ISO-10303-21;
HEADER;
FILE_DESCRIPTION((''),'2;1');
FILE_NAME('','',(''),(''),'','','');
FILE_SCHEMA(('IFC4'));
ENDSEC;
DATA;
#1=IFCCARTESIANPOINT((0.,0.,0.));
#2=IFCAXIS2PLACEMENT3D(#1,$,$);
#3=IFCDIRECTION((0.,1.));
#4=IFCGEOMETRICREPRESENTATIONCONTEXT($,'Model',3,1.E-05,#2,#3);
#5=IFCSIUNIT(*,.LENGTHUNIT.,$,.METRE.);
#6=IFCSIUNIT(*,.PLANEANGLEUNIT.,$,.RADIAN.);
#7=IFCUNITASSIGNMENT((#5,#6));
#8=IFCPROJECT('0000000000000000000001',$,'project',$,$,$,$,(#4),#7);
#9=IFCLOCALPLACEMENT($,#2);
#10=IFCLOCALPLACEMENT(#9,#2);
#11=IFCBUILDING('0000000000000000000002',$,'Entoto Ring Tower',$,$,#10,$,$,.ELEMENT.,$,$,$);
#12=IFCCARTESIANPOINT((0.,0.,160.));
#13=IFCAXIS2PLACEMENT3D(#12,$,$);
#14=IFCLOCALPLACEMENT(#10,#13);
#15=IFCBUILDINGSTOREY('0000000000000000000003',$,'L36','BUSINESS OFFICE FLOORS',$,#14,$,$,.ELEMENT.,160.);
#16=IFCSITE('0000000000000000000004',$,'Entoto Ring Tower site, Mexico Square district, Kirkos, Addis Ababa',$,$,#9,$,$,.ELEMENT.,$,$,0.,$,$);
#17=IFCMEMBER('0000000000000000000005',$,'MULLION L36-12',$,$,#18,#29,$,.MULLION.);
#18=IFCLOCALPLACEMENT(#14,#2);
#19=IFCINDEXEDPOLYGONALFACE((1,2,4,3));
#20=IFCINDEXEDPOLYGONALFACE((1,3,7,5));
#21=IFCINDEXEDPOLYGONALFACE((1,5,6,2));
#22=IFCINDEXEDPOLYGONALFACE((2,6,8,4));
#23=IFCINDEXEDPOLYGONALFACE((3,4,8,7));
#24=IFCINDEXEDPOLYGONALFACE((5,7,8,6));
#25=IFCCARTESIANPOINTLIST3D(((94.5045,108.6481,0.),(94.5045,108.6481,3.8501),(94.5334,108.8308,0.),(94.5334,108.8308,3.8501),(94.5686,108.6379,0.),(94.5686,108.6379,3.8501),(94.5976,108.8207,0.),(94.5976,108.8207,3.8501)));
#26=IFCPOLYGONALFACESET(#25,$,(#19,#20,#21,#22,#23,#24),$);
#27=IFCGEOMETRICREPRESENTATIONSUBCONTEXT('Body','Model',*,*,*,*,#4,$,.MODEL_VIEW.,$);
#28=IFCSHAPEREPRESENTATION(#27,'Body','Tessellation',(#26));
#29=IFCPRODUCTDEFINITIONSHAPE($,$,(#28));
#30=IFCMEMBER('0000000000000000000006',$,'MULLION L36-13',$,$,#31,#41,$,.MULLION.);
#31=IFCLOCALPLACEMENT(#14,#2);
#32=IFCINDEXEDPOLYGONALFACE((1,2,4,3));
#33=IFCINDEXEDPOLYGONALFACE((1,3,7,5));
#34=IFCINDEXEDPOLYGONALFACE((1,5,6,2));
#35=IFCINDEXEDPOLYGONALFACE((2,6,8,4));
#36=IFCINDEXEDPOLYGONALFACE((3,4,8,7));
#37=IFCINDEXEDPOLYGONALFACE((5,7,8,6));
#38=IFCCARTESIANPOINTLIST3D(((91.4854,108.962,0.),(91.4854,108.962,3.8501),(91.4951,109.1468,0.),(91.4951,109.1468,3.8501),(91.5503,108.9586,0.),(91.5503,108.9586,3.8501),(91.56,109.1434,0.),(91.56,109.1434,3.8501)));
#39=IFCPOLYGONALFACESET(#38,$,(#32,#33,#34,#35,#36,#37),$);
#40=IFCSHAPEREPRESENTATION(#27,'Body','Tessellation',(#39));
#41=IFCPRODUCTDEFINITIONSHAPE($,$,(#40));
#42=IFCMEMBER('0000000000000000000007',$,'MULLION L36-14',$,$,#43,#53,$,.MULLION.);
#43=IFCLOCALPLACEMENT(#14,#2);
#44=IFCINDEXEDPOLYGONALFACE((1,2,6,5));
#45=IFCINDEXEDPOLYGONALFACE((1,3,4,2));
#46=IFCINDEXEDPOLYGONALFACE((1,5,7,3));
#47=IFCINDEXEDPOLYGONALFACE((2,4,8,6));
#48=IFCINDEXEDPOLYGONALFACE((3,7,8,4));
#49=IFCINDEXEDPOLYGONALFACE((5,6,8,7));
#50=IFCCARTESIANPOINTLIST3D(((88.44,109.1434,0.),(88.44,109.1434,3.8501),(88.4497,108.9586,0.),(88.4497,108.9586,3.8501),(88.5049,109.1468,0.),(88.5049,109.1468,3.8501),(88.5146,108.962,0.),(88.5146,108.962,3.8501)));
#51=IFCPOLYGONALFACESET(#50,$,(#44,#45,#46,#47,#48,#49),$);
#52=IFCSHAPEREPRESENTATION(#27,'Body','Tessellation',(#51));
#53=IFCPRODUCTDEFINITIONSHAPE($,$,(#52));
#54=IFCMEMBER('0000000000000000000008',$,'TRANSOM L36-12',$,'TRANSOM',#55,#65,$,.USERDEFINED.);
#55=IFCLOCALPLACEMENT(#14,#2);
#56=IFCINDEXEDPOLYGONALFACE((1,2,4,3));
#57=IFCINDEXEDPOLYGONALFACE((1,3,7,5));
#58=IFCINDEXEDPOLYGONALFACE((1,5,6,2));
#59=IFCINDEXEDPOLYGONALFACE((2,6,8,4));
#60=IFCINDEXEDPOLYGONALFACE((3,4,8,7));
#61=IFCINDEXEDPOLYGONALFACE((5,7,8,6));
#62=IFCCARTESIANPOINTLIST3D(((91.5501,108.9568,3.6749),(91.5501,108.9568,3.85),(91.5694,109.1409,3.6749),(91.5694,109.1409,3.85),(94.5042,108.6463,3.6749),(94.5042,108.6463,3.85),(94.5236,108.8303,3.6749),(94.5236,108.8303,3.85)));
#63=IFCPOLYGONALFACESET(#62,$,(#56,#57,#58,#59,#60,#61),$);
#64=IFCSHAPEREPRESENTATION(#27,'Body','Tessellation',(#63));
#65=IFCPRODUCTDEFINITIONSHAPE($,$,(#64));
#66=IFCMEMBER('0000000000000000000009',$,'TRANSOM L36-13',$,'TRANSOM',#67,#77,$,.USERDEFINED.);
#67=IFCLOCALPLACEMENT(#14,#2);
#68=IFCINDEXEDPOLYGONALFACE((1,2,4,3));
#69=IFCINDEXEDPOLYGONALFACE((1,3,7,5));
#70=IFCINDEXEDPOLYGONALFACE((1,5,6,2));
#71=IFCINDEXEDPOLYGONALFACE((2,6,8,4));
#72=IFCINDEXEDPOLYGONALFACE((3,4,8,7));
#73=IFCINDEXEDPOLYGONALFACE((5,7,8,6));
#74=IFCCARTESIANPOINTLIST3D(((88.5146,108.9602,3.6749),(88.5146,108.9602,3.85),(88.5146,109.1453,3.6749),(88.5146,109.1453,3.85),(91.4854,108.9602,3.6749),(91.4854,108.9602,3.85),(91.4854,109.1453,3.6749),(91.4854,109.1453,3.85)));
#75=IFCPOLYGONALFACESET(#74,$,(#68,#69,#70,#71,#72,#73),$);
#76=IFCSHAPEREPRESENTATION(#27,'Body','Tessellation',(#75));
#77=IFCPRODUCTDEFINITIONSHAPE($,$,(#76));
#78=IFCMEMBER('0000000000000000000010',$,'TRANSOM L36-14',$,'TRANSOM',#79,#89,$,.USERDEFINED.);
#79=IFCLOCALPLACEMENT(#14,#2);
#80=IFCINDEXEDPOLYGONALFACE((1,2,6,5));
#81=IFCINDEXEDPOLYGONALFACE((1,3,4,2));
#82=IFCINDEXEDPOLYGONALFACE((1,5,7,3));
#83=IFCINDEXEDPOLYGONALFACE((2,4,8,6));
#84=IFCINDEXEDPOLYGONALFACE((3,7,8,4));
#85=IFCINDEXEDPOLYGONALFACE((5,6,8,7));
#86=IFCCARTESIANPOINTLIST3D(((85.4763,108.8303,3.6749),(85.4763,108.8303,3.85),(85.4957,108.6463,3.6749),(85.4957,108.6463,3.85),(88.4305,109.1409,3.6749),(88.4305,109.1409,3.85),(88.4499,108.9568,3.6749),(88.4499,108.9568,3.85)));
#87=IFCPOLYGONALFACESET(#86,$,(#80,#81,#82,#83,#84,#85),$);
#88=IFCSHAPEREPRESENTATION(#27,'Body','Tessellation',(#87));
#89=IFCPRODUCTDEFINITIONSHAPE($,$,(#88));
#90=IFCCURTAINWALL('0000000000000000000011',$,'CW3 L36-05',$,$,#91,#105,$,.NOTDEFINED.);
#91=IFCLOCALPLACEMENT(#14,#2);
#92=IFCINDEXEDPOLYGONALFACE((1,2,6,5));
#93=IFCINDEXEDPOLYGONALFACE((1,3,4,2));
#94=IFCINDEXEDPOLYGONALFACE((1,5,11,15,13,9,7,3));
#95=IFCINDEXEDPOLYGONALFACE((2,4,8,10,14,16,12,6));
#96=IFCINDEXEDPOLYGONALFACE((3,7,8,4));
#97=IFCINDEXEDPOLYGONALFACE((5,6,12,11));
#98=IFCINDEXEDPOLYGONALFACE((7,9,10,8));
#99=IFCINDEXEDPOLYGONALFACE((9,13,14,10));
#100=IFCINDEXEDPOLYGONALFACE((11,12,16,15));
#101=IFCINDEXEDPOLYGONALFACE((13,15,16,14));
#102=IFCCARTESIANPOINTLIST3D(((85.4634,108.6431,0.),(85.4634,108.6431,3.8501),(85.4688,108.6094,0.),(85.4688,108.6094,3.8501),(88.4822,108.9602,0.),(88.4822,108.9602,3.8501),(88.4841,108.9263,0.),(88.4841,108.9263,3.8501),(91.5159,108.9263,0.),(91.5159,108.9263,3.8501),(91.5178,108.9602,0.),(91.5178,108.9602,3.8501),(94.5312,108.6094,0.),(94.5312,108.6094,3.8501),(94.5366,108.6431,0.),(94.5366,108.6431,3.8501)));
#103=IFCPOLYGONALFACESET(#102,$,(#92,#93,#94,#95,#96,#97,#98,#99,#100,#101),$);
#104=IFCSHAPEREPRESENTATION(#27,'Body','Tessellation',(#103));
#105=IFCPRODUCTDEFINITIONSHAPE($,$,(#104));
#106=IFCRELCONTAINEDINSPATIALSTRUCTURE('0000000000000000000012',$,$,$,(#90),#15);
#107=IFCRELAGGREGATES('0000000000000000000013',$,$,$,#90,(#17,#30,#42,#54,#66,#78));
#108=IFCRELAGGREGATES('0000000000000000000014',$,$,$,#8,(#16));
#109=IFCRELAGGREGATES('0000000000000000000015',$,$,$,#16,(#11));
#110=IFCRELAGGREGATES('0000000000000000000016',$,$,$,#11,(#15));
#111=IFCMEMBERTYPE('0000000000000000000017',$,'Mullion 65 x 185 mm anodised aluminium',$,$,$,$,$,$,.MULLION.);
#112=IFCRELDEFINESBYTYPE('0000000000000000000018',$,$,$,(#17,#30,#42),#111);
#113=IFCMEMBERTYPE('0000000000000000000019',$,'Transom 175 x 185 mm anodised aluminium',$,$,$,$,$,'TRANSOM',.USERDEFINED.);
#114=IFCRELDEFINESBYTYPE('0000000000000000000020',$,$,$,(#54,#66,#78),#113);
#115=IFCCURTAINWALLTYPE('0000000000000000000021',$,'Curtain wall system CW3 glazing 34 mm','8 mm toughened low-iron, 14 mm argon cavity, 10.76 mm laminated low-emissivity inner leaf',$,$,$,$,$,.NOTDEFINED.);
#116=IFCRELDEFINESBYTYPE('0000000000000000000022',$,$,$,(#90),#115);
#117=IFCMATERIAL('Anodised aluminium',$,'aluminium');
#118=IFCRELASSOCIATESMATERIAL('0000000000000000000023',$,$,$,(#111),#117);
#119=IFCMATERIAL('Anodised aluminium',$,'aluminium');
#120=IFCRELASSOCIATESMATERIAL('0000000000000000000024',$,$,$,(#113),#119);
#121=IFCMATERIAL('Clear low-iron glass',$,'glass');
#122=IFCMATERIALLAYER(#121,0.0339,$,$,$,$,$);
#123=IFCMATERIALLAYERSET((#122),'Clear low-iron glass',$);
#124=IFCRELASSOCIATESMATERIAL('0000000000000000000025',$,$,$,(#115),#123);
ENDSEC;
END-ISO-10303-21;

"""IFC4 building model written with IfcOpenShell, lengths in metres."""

from ifc_helpers import new_model, si_unit, direction, frame, origin, origin_2d, place, context, subcontext, project, spatial, polyline, rectangle, outline, extrude, material, layer, layer_set, material_profile, profile_set, type_object, element, aggregate, save


model = new_model("IFC4")

# Units and contexts
model_context = context("Model", 3, precision=1e-05, world=origin(), true_north=direction((0.0, 1.0)))
body_context = subcontext(model_context, "Body", "Model", "MODEL_VIEW")
ifc_project = project(units=[si_unit("LENGTHUNIT", "METRE"), si_unit("PLANEANGLEUNIT", "RADIAN")], contexts=[model_context])

# Members
ifc_material_1 = material(Name="Anodised aluminium", Category="aluminium")
ifc_material_profile_1 = material_profile(ifc_material_1, rectangle(XDim=0.0649, YDim=0.1851, at=origin_2d()), Name="Mullion 65 x 185 mm anodised aluminium")
ifc_profile_set_1 = profile_set([ifc_material_profile_1], Name="Anodised aluminium")
member_type_1 = type_object("IfcMemberType", Name="Mullion 65 x 185 mm anodised aluminium", PredefinedType="MULLION", material=ifc_profile_set_1)
site_placement = place(None, origin())
building_placement = place(site_placement, origin())
storey_placement = place(building_placement, frame((0.0, 0.0, 160.0)))
member_1_placement = place(storey_placement, frame((94.551, 108.7344, 0.0), z_axis=(0.0, 0.0, 1.0), x_axis=(-0.987688, 0.156434, 0.0)))
member_1 = element("IfcMember", 1, at=member_1_placement, type_object=member_type_1, Name="MULLION L36-12", PredefinedType="MULLION", context=body_context, shape_type="SweptSolid", body=[
    extrude(rectangle(XDim=0.0649, YDim=0.1851, at=origin_2d()), origin(), (0.0, 0.0, 1.0), 3.8501),
])
member_2_placement = place(storey_placement, frame((91.5227, 109.0527, 0.0), z_axis=(0.0, 0.0, 1.0), x_axis=(-0.99863, 0.052336, 0.0)))
member_2 = element("IfcMember", 2, at=member_2_placement, type_object=member_type_1, Name="MULLION L36-13", PredefinedType="MULLION", context=body_context, shape_type="SweptSolid", body=[
    extrude(rectangle(XDim=0.0649, YDim=0.1851, at=origin_2d()), origin(), (0.0, 0.0, 1.0), 3.8501),
])
member_3_placement = place(storey_placement, frame((88.4773, 109.0527, 0.0), z_axis=(0.0, 0.0, 1.0), x_axis=(-0.99863, -0.052336, 0.0)))
member_3 = element("IfcMember", 3, at=member_3_placement, type_object=member_type_1, Name="MULLION L36-14", PredefinedType="MULLION", context=body_context, shape_type="SweptSolid", body=[
    extrude(rectangle(XDim=0.0649, YDim=0.1851, at=origin_2d()), origin(), (0.0, 0.0, 1.0), 3.8501),
])
ifc_material_2 = material(Name="Anodised aluminium", Category="aluminium")
ifc_material_profile_2 = material_profile(ifc_material_2, rectangle(XDim=0.1851, YDim=0.175, at=origin_2d()), Name="Transom 175 x 185 mm anodised aluminium")
ifc_profile_set_2 = profile_set([ifc_material_profile_2], Name="Anodised aluminium")
member_type_2 = type_object("IfcMemberType", Name="Transom 175 x 185 mm anodised aluminium", ElementType="TRANSOM", PredefinedType="USERDEFINED", material=ifc_profile_set_2)
member_4_placement = place(storey_placement, frame((94.5139, 108.7383, 3.7625), z_axis=(-0.99452, 0.104548, 0.0), x_axis=(-0.104548, -0.99452, 0.0)))
member_4 = element("IfcMember", 4, at=member_4_placement, type_object=member_type_2, Name="TRANSOM L36-12", ObjectType="TRANSOM", PredefinedType="USERDEFINED", context=body_context, shape_type="SweptSolid", body=[
    extrude(rectangle(XDim=0.1851, YDim=0.175, at=origin_2d()), origin(), (0.0, 0.0, 1.0), 2.9705),
])
member_5_placement = place(storey_placement, frame((91.4854, 109.0527, 3.7625), z_axis=(-1.0, 0.0, 0.0), x_axis=(0.0, -1.0, 0.0)))
member_5 = element("IfcMember", 5, at=member_5_placement, type_object=member_type_2, Name="TRANSOM L36-13", ObjectType="TRANSOM", PredefinedType="USERDEFINED", context=body_context, shape_type="SweptSolid", body=[
    extrude(rectangle(XDim=0.1851, YDim=0.175, at=origin_2d()), origin(), (0.0, 0.0, 1.0), 2.9707),
])
member_6_placement = place(storey_placement, frame((88.4402, 109.0488, 3.7625), z_axis=(-0.99452, -0.104548, 0.0), x_axis=(0.104548, -0.99452, 0.0)))
member_6 = element("IfcMember", 6, at=member_6_placement, type_object=member_type_2, Name="TRANSOM L36-14", ObjectType="TRANSOM", PredefinedType="USERDEFINED", context=body_context, shape_type="SweptSolid", body=[
    extrude(rectangle(XDim=0.1851, YDim=0.175, at=origin_2d()), origin(), (0.0, 0.0, 1.0), 2.9705),
])

# Site, building, storey
site = spatial("IfcSite", under=ifc_project, at=site_placement, Name="Entoto Ring Tower site, Mexico Square district, Kirkos, Addis Ababa", CompositionType="ELEMENT", RefElevation=0.0)
building = spatial("IfcBuilding", under=site, at=building_placement, Name="Entoto Ring Tower", CompositionType="ELEMENT")
storey = spatial("IfcBuildingStorey", under=building, at=storey_placement, Name="L36", Description="BUSINESS OFFICE FLOORS", CompositionType="ELEMENT", Elevation=160.0)

# Curtain wall
ifc_material_3 = material(Name="Clear low-iron glass", Category="glass")
ifc_layer = layer(ifc_material_3, 0.0339)
ifc_layer_set = layer_set([ifc_layer], Name="Clear low-iron glass")
curtain_wall_type = type_object("IfcCurtainWallType", Name="Curtain wall system CW3 glazing 34 mm", Description="8 mm toughened low-iron, 14 mm argon cavity, 10.76 mm laminated low-emissivity inner leaf", PredefinedType="NOTDEFINED", material=ifc_layer_set)
curtain_wall_1_placement = place(storey_placement, origin())
curtain_wall_1 = element("IfcCurtainWall", 7, at=curtain_wall_1_placement, inside=storey, type_object=curtain_wall_type, Name="CW3 L36-05", PredefinedType="NOTDEFINED", context=body_context, shape_type="SweptSolid", body=[
    extrude(outline(polyline([(94.5366, 108.6431), (91.5178, 108.9602), (88.4822, 108.9602), (85.4634, 108.6431), (85.4688, 108.6094), (88.4841, 108.9263), (91.5159, 108.9263), (94.5312, 108.6094), (94.5366, 108.6431)])), origin(), (0.0, 0.0, 1.0), 3.8501),
])
aggregate(curtain_wall_1, [member_1, member_2, member_3, member_4, member_5, member_6])

save(model, "model.ifc")
